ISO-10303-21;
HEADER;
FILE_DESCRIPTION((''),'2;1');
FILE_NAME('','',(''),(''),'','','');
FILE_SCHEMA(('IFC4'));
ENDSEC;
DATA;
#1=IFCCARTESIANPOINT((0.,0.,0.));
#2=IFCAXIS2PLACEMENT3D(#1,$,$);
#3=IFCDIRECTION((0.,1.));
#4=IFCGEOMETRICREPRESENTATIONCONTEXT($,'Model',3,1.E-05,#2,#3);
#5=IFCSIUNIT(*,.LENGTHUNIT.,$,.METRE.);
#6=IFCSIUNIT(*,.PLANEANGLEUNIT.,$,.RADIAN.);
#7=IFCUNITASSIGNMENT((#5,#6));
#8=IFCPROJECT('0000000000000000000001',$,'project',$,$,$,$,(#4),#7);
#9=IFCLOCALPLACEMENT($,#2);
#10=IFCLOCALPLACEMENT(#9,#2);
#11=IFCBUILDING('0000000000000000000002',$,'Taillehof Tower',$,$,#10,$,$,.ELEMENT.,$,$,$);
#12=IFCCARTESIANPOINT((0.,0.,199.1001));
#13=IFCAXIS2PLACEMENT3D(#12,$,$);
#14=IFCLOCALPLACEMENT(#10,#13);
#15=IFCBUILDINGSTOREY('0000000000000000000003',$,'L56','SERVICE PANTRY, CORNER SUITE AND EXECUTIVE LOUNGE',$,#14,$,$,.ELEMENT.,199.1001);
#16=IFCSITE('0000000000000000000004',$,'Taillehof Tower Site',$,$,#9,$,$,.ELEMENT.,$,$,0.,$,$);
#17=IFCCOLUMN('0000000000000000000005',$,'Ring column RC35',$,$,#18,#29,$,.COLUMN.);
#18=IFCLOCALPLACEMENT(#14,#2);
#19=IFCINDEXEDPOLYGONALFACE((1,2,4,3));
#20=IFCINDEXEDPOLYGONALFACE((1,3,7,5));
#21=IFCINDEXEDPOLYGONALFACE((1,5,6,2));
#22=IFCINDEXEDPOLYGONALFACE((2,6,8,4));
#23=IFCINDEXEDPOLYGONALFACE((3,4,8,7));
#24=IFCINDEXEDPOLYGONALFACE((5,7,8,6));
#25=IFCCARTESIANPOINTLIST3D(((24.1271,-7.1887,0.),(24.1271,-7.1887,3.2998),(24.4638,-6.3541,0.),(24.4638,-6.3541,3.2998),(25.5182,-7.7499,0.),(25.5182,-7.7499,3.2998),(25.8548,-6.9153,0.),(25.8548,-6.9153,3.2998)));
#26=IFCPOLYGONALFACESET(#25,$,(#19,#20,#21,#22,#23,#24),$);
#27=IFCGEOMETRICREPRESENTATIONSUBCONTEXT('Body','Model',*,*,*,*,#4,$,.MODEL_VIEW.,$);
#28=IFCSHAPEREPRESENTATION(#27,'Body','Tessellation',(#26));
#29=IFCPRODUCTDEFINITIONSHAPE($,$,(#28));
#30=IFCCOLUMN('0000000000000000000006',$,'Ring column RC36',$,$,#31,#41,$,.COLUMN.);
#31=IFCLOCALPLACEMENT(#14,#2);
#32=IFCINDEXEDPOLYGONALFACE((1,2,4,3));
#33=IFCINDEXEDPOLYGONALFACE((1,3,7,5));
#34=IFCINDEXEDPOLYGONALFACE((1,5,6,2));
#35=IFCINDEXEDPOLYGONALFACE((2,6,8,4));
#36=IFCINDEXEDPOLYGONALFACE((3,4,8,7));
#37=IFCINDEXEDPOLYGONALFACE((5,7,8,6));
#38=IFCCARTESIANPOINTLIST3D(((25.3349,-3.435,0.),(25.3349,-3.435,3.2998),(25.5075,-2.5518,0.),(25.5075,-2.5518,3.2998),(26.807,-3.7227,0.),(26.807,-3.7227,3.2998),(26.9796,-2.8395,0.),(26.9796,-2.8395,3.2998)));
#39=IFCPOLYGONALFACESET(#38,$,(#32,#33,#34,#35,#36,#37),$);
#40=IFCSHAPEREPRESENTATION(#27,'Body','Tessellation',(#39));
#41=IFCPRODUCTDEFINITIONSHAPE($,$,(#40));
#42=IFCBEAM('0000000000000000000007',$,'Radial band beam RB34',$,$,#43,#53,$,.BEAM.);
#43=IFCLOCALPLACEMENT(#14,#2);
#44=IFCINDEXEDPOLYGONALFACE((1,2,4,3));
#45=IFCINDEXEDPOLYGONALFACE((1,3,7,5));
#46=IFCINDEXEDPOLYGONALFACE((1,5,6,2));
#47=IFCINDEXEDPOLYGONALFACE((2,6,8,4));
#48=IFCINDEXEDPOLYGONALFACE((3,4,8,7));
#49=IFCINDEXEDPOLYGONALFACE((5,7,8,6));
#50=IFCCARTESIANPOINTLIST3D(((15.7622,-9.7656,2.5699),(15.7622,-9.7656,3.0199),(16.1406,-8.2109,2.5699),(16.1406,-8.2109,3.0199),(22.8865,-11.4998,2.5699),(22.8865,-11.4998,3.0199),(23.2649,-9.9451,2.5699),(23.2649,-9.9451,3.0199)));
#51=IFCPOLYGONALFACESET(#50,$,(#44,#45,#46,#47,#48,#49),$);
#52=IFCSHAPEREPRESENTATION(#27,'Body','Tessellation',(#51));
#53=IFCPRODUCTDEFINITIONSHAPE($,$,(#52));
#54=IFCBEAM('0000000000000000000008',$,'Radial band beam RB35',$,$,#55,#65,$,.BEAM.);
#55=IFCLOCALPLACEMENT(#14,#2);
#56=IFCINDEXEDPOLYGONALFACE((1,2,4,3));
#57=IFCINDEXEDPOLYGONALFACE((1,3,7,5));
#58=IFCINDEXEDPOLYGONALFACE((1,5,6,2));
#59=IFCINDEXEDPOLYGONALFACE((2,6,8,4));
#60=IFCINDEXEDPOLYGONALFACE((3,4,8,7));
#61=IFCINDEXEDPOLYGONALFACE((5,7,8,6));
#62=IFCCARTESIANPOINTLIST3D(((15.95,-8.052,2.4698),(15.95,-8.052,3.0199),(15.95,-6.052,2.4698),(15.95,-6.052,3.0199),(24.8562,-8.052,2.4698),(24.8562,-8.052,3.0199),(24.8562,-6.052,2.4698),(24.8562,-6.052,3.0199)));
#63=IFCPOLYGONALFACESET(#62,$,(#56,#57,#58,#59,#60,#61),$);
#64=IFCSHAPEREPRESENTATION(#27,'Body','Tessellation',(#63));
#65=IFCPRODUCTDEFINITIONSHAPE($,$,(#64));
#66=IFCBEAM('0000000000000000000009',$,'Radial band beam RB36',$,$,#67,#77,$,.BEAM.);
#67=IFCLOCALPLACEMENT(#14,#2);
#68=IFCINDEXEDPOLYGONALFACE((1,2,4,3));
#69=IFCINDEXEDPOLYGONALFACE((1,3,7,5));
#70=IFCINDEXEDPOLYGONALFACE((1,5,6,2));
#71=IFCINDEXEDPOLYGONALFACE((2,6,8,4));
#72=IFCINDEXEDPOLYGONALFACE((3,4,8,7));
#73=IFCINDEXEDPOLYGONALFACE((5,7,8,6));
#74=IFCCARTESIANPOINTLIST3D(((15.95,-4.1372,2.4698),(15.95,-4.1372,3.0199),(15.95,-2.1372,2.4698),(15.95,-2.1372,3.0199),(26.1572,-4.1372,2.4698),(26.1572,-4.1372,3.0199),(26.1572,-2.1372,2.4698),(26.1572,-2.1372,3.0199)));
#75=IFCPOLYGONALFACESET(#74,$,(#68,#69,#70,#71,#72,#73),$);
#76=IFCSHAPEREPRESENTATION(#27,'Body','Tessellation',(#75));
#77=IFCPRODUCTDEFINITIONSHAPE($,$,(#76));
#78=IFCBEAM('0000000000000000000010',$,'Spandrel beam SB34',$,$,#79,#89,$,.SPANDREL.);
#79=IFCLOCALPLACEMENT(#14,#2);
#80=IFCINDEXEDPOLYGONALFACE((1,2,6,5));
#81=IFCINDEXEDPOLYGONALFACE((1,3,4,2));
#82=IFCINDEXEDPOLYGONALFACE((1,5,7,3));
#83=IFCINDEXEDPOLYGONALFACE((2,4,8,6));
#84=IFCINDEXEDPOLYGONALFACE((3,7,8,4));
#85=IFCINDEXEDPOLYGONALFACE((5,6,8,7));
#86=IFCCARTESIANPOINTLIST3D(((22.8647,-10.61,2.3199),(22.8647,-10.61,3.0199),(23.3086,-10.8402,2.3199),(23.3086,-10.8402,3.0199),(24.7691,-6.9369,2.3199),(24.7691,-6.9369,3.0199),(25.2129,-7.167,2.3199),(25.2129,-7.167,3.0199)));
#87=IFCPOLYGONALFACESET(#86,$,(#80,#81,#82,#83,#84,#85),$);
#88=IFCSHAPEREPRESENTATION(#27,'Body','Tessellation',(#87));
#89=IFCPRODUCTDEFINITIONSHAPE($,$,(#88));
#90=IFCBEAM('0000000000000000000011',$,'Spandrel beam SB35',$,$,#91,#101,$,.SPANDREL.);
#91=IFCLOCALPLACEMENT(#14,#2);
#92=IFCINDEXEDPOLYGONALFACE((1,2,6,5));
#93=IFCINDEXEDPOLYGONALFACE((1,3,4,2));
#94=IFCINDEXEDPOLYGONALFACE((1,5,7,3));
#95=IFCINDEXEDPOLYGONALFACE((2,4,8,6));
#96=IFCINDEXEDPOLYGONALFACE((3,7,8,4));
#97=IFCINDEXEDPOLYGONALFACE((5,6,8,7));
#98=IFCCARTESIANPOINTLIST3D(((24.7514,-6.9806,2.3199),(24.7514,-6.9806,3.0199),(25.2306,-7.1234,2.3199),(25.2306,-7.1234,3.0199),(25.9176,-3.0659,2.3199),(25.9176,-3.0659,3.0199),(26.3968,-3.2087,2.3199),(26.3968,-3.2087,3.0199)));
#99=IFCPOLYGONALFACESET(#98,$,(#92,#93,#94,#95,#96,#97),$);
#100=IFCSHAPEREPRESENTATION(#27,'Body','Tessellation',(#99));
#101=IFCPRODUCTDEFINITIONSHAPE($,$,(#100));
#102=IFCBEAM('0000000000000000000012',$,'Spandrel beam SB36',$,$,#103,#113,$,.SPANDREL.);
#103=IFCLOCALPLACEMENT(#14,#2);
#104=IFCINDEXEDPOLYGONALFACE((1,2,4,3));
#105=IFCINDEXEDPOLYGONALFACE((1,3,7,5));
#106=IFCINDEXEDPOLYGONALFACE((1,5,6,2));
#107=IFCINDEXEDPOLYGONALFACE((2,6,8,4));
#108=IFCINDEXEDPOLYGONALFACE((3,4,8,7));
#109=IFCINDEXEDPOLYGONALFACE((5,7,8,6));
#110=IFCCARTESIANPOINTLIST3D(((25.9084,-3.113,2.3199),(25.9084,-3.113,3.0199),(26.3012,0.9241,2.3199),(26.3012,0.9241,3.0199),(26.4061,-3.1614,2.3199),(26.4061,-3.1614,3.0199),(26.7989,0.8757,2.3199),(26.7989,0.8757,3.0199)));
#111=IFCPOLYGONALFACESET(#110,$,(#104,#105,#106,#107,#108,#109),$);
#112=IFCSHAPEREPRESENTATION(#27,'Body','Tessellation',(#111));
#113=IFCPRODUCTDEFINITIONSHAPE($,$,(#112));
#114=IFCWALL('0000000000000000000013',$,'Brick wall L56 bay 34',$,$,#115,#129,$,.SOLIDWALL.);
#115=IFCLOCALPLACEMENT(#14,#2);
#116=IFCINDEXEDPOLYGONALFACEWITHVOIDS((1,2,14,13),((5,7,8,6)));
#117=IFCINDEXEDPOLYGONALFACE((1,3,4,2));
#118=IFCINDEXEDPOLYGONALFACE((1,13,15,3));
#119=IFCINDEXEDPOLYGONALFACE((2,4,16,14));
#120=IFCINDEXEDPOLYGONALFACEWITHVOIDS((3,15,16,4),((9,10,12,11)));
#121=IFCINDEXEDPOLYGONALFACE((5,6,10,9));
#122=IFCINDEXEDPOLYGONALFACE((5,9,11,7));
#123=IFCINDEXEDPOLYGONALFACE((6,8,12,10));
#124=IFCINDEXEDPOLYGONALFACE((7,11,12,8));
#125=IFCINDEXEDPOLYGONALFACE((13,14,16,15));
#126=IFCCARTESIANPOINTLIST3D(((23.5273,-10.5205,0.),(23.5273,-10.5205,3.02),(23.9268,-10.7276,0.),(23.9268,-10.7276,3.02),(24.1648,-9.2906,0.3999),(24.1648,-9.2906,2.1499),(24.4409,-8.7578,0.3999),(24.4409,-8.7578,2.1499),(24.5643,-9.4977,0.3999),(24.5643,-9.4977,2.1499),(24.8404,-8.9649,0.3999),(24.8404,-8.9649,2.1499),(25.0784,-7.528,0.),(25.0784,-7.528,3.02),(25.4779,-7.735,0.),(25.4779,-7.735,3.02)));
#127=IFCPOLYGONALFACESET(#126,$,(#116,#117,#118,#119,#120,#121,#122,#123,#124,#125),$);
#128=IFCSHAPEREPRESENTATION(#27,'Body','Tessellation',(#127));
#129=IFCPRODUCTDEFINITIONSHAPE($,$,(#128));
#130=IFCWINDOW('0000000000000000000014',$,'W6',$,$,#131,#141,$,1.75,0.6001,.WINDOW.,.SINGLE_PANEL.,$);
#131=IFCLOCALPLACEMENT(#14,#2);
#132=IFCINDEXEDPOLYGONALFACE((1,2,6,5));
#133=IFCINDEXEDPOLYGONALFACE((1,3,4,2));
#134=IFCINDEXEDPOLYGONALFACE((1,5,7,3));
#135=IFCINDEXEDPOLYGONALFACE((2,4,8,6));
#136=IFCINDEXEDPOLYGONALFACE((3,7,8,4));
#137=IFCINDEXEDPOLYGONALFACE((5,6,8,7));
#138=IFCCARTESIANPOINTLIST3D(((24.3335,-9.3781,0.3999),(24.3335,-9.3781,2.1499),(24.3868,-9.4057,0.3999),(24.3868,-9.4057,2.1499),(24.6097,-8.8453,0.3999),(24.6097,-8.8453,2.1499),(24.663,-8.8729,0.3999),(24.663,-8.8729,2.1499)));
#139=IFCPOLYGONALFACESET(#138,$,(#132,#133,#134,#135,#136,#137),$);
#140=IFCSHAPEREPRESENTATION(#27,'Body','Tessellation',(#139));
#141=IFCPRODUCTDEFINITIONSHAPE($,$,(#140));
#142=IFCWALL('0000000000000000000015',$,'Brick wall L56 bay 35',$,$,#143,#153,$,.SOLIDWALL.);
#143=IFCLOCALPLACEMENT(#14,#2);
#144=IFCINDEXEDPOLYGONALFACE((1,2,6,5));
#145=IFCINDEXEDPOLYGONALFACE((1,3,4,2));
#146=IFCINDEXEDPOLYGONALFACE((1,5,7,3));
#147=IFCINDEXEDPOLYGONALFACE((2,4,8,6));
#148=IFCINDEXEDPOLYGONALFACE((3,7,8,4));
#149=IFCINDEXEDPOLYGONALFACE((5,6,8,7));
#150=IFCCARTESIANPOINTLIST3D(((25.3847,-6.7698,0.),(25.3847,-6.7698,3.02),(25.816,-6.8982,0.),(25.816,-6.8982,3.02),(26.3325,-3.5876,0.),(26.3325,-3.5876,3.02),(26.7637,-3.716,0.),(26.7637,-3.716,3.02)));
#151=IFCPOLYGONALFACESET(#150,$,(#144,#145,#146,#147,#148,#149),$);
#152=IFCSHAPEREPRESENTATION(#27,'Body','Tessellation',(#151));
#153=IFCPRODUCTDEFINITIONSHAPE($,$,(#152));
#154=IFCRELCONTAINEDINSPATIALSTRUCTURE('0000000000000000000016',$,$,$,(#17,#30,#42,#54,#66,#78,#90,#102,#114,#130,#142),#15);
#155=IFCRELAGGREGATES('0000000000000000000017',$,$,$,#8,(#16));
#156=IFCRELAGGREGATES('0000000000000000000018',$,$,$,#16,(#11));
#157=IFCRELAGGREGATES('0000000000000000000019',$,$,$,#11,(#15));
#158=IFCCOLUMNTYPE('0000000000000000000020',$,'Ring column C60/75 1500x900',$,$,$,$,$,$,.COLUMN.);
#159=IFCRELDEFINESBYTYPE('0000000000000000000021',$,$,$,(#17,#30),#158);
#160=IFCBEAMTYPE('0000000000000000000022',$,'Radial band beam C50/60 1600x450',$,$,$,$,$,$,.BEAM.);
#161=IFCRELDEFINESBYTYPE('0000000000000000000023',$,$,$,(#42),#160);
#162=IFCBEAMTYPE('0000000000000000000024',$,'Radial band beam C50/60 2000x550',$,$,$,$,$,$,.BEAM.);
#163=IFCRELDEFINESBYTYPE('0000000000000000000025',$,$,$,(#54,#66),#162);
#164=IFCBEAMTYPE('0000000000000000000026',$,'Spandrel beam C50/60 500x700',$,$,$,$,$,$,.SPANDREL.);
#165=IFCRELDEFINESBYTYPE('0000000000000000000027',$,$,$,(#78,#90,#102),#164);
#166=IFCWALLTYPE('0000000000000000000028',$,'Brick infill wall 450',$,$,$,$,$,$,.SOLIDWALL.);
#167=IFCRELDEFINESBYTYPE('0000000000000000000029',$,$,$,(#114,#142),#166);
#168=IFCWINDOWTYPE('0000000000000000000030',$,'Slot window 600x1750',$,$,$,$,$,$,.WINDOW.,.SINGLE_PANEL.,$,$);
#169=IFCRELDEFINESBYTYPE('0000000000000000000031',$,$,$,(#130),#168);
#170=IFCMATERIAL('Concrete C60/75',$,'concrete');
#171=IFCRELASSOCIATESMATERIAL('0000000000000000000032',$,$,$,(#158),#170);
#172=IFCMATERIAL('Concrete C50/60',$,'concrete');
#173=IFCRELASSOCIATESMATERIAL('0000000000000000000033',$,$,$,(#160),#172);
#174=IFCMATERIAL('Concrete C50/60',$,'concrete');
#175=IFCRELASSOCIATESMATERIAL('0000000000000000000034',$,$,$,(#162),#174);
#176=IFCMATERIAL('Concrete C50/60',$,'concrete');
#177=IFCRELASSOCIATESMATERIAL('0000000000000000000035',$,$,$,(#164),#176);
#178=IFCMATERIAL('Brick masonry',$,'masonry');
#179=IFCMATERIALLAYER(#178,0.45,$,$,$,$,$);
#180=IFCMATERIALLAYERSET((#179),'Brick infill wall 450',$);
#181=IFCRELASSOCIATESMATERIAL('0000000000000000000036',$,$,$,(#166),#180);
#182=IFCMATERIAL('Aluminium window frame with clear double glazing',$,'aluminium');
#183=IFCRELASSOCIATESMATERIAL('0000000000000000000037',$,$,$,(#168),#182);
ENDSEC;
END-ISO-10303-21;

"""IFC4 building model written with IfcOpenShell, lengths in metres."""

from ifc_helpers import new_model, si_unit, direction, frame, frame_2d, origin, origin_2d, place, context, subcontext, project, spatial, rectangle, extrude, material, layer, layer_set, material_profile, profile_set, type_object, element, fill, save


model = new_model("IFC4")

# Units and contexts
model_context = context("Model", 3, precision=1e-05, world=origin(), true_north=direction((0.0, 1.0)))
body_context = subcontext(model_context, "Body", "Model", "MODEL_VIEW")
ifc_project = project(units=[si_unit("LENGTHUNIT", "METRE"), si_unit("PLANEANGLEUNIT", "RADIAN")], contexts=[model_context])

# Site, building, storey
site_placement = place(None, origin())
site = spatial("IfcSite", under=ifc_project, at=site_placement, Name="Taillehof Tower Site", CompositionType="ELEMENT", RefElevation=0.0)
building_placement = place(site_placement, origin())
building = spatial("IfcBuilding", under=site, at=building_placement, Name="Taillehof Tower", CompositionType="ELEMENT")
storey_placement = place(building_placement, frame((0.0, 0.0, 199.1001)))
storey = spatial("IfcBuildingStorey", under=building, at=storey_placement, Name="L56", Description="SERVICE PANTRY, CORNER SUITE AND EXECUTIVE LOUNGE", CompositionType="ELEMENT", Elevation=199.1001)

# Columns
ifc_material_1 = material(Name="Concrete C60/75", Category="concrete")
ifc_material_profile_1 = material_profile(ifc_material_1, rectangle(XDim=1.5, YDim=0.8999, at=origin_2d()), Name="RC 1500x900")
ifc_profile_set_1 = profile_set([ifc_material_profile_1], Name="Concrete C60/75")
column_type = type_object("IfcColumnType", Name="Ring column C60/75 1500x900", PredefinedType="COLUMN", material=ifc_profile_set_1)
for number, where, z_axis, x_axis, name in (
    (1, (24.991, -7.052, 0.0), (0.0, 0.0, 1.0), (0.927385, -0.374108, 0.0), "Ring column RC35"),
    (2, (26.1572, -3.1372, 0.0), (0.0, 0.0, 1.0), (0.981434, -0.191801, 0.0), "Ring column RC36"),
):
    element("IfcColumn", number, at=place(storey_placement, frame(where, z_axis=z_axis, x_axis=x_axis)), inside=storey, type_object=column_type, Name=name, PredefinedType="COLUMN", context=body_context, shape_type="SweptSolid", body=[
        extrude(rectangle(XDim=1.5, YDim=0.8999, at=origin_2d()), origin(), (0.0, 0.0, 1.0), 3.2998),
    ])

# Beams
ifc_material_2 = material(Name="Concrete C50/60", Category="concrete")
ifc_material_profile_2 = material_profile(ifc_material_2, rectangle(XDim=1.6001, YDim=0.45, at=origin_2d()), Name="RC 1600x450")
ifc_profile_set_2 = profile_set([ifc_material_profile_2], Name="Concrete C50/60")
beam_type_1 = type_object("IfcBeamType", Name="Radial band beam C50/60 1600x450", PredefinedType="BEAM", material=ifc_profile_set_2)
beam_1_placement = place(storey_placement, frame((23.0757, -10.7224, 2.7949), z_axis=(-0.97163, 0.236506, 0.0), x_axis=(-0.236506, -0.97163, 0.0)))
element("IfcBeam", 3, at=beam_1_placement, inside=storey, type_object=beam_type_1, Name="Radial band beam RB34", PredefinedType="BEAM", context=body_context, shape_type="SweptSolid", body=[
    extrude(rectangle(XDim=1.6001, YDim=0.45, at=origin_2d()), origin(), (0.0, 0.0, 1.0), 7.3323),
])
ifc_material_3 = material(Name="Concrete C50/60", Category="concrete")
ifc_material_profile_3 = material_profile(ifc_material_3, rectangle(XDim=2.0, YDim=0.55, at=origin_2d()), Name="RC 2000x550")
ifc_profile_set_3 = profile_set([ifc_material_profile_3], Name="Concrete C50/60")
beam_type_2 = type_object("IfcBeamType", Name="Radial band beam C50/60 2000x550", PredefinedType="BEAM", material=ifc_profile_set_3)
beam_2_placement = place(storey_placement, frame((24.8562, -7.052, 2.7449), z_axis=(-1.0, 0.0, 0.0), x_axis=(0.0, -1.0, 0.0)))
element("IfcBeam", 4, at=beam_2_placement, inside=storey, type_object=beam_type_2, Name="Radial band beam RB35", PredefinedType="BEAM", context=body_context, shape_type="SweptSolid", body=[
    extrude(rectangle(XDim=2.0, YDim=0.55, at=origin_2d()), origin(), (0.0, 0.0, 1.0), 8.9062),
])
beam_3_placement = place(storey_placement, frame((26.1572, -3.1372, 2.7449), z_axis=(-1.0, 0.0, 0.0), x_axis=(0.0, -1.0, 0.0)))
element("IfcBeam", 5, at=beam_3_placement, inside=storey, type_object=beam_type_2, Name="Radial band beam RB36", PredefinedType="BEAM", context=body_context, shape_type="SweptSolid", body=[
    extrude(rectangle(XDim=2.0, YDim=0.55, at=origin_2d()), origin(), (0.0, 0.0, 1.0), 10.2073),
])
ifc_material_4 = material(Name="Concrete C50/60", Category="concrete")
ifc_material_profile_4 = material_profile(ifc_material_4, rectangle(XDim=0.5, YDim=0.7, at=origin_2d()), Name="RC 500x700")
ifc_profile_set_4 = profile_set([ifc_material_profile_4], Name="Concrete C50/60")
beam_type_3 = type_object("IfcBeamType", Name="Spandrel beam C50/60 500x700", PredefinedType="SPANDREL", material=ifc_profile_set_4)
beam_4_placement = place(storey_placement, frame((23.0867, -10.7251, 2.6699), z_axis=(0.460265, 0.887781, 0.0), x_axis=(-0.887781, 0.460265, 0.0)))
element("IfcBeam", 6, at=beam_4_placement, inside=storey, type_object=beam_type_3, Name="Spandrel beam SB34", PredefinedType="SPANDREL", context=body_context, shape_type="SweptSolid", body=[
    extrude(rectangle(XDim=0.5, YDim=0.7, at=origin_2d()), origin(), (0.0, 0.0, 1.0), 4.1375),
])
beam_5_placement = place(storey_placement, frame((24.991, -7.052, 2.6699), z_axis=(0.28551, 0.958376, 0.0), x_axis=(-0.958376, 0.28551, 0.0)))
element("IfcBeam", 7, at=beam_5_placement, inside=storey, type_object=beam_type_3, Name="Spandrel beam SB35", PredefinedType="SPANDREL", context=body_context, shape_type="SweptSolid", body=[
    extrude(rectangle(XDim=0.5, YDim=0.7, at=origin_2d()), origin(), (0.0, 0.0, 1.0), 4.0847),
])
beam_6_placement = place(storey_placement, frame((26.1572, -3.1372, 2.6699), z_axis=(0.096845, 0.995299, 0.0), x_axis=(-0.995299, 0.096845, 0.0)))
element("IfcBeam", 8, at=beam_6_placement, inside=storey, type_object=beam_type_3, Name="Spandrel beam SB36", PredefinedType="SPANDREL", context=body_context, shape_type="SweptSolid", body=[
    extrude(rectangle(XDim=0.5, YDim=0.7, at=origin_2d()), origin(), (0.0, 0.0, 1.0), 4.0562),
])

# Wall, opening, window
ifc_material_5 = material(Name="Brick masonry", Category="masonry")
ifc_layer_1 = layer(ifc_material_5, 0.45)
ifc_layer_set_1 = layer_set([ifc_layer_1], Name="Brick infill wall 450")
wall_type_1 = type_object("IfcWallType", Name="Brick infill wall 450", PredefinedType="SOLIDWALL", material=ifc_layer_set_1)
wall_1_placement = place(storey_placement, frame((23.7271, -10.624, 0.0), z_axis=(0.0, 0.0, 1.0), x_axis=(0.460176, 0.887828, 0.0)))
wall_1 = element("IfcWall", 9, at=wall_1_placement, inside=storey, type_object=wall_type_1, Name="Brick wall L56 bay 34", PredefinedType="SOLIDWALL", context=body_context, shape_type="SweptSolid", body=[
    extrude(rectangle(XDim=3.3706, YDim=0.45, at=frame_2d((1.6853, 0.0))), origin(), (0.0, 0.0, 1.0), 3.02),
])
opening_1_placement = place(wall_1_placement, frame((1.3853, 0.0, 0.3999)))
opening_1 = element("IfcOpeningElement", 10, at=opening_1_placement, cuts=wall_1, PredefinedType="OPENING", context=body_context, shape_type="SweptSolid", body=[
    extrude(rectangle(XDim=0.6001, YDim=1.75, at=frame_2d((0.3, 0.875))), frame((0.0, 0.2349, 0.0), z_axis=(0.0, -1.0, 0.0), x_axis=(1.0, 0.0, 0.0)), (0.0, 0.0, 1.0), 0.47),
])
ifc_material_6 = material(Name="Aluminium window frame with clear double glazing", Category="aluminium")
window_type = type_object("IfcWindowType", Name="Slot window 600x1750", PartitioningType="SINGLE_PANEL", PredefinedType="WINDOW", material=ifc_material_6)
window_1_placement = place(opening_1_placement, origin())
window_1 = element("IfcWindow", 11, at=window_1_placement, inside=storey, type_object=window_type, Name="W6", OverallHeight=1.75, OverallWidth=0.6001, PartitioningType="SINGLE_PANEL", PredefinedType="WINDOW", context=body_context, shape_type="SweptSolid", body=[
    extrude(rectangle(XDim=0.6001, YDim=1.75, at=frame_2d((0.3, 0.875))), frame((0.0, 0.0349, 0.0), z_axis=(0.0, -1.0, 0.0), x_axis=(1.0, 0.0, 0.0)), (0.0, 0.0, 1.0), 0.0601),
])
fill(opening_1, window_1)

# Wall
wall_2_placement = place(storey_placement, frame((25.6003, -6.834, 0.0), z_axis=(0.0, 0.0, 1.0), x_axis=(0.285445, 0.958395, 0.0)))
element("IfcWall", 12, at=wall_2_placement, inside=storey, type_object=wall_type_1, Name="Brick wall L56 bay 35", PredefinedType="SOLIDWALL", context=body_context, shape_type="SweptSolid", body=[
    extrude(rectangle(XDim=3.3203, YDim=0.45, at=frame_2d((1.6602, 0.0))), origin(), (0.0, 0.0, 1.0), 3.02),
])

save(model, "model.ifc")
